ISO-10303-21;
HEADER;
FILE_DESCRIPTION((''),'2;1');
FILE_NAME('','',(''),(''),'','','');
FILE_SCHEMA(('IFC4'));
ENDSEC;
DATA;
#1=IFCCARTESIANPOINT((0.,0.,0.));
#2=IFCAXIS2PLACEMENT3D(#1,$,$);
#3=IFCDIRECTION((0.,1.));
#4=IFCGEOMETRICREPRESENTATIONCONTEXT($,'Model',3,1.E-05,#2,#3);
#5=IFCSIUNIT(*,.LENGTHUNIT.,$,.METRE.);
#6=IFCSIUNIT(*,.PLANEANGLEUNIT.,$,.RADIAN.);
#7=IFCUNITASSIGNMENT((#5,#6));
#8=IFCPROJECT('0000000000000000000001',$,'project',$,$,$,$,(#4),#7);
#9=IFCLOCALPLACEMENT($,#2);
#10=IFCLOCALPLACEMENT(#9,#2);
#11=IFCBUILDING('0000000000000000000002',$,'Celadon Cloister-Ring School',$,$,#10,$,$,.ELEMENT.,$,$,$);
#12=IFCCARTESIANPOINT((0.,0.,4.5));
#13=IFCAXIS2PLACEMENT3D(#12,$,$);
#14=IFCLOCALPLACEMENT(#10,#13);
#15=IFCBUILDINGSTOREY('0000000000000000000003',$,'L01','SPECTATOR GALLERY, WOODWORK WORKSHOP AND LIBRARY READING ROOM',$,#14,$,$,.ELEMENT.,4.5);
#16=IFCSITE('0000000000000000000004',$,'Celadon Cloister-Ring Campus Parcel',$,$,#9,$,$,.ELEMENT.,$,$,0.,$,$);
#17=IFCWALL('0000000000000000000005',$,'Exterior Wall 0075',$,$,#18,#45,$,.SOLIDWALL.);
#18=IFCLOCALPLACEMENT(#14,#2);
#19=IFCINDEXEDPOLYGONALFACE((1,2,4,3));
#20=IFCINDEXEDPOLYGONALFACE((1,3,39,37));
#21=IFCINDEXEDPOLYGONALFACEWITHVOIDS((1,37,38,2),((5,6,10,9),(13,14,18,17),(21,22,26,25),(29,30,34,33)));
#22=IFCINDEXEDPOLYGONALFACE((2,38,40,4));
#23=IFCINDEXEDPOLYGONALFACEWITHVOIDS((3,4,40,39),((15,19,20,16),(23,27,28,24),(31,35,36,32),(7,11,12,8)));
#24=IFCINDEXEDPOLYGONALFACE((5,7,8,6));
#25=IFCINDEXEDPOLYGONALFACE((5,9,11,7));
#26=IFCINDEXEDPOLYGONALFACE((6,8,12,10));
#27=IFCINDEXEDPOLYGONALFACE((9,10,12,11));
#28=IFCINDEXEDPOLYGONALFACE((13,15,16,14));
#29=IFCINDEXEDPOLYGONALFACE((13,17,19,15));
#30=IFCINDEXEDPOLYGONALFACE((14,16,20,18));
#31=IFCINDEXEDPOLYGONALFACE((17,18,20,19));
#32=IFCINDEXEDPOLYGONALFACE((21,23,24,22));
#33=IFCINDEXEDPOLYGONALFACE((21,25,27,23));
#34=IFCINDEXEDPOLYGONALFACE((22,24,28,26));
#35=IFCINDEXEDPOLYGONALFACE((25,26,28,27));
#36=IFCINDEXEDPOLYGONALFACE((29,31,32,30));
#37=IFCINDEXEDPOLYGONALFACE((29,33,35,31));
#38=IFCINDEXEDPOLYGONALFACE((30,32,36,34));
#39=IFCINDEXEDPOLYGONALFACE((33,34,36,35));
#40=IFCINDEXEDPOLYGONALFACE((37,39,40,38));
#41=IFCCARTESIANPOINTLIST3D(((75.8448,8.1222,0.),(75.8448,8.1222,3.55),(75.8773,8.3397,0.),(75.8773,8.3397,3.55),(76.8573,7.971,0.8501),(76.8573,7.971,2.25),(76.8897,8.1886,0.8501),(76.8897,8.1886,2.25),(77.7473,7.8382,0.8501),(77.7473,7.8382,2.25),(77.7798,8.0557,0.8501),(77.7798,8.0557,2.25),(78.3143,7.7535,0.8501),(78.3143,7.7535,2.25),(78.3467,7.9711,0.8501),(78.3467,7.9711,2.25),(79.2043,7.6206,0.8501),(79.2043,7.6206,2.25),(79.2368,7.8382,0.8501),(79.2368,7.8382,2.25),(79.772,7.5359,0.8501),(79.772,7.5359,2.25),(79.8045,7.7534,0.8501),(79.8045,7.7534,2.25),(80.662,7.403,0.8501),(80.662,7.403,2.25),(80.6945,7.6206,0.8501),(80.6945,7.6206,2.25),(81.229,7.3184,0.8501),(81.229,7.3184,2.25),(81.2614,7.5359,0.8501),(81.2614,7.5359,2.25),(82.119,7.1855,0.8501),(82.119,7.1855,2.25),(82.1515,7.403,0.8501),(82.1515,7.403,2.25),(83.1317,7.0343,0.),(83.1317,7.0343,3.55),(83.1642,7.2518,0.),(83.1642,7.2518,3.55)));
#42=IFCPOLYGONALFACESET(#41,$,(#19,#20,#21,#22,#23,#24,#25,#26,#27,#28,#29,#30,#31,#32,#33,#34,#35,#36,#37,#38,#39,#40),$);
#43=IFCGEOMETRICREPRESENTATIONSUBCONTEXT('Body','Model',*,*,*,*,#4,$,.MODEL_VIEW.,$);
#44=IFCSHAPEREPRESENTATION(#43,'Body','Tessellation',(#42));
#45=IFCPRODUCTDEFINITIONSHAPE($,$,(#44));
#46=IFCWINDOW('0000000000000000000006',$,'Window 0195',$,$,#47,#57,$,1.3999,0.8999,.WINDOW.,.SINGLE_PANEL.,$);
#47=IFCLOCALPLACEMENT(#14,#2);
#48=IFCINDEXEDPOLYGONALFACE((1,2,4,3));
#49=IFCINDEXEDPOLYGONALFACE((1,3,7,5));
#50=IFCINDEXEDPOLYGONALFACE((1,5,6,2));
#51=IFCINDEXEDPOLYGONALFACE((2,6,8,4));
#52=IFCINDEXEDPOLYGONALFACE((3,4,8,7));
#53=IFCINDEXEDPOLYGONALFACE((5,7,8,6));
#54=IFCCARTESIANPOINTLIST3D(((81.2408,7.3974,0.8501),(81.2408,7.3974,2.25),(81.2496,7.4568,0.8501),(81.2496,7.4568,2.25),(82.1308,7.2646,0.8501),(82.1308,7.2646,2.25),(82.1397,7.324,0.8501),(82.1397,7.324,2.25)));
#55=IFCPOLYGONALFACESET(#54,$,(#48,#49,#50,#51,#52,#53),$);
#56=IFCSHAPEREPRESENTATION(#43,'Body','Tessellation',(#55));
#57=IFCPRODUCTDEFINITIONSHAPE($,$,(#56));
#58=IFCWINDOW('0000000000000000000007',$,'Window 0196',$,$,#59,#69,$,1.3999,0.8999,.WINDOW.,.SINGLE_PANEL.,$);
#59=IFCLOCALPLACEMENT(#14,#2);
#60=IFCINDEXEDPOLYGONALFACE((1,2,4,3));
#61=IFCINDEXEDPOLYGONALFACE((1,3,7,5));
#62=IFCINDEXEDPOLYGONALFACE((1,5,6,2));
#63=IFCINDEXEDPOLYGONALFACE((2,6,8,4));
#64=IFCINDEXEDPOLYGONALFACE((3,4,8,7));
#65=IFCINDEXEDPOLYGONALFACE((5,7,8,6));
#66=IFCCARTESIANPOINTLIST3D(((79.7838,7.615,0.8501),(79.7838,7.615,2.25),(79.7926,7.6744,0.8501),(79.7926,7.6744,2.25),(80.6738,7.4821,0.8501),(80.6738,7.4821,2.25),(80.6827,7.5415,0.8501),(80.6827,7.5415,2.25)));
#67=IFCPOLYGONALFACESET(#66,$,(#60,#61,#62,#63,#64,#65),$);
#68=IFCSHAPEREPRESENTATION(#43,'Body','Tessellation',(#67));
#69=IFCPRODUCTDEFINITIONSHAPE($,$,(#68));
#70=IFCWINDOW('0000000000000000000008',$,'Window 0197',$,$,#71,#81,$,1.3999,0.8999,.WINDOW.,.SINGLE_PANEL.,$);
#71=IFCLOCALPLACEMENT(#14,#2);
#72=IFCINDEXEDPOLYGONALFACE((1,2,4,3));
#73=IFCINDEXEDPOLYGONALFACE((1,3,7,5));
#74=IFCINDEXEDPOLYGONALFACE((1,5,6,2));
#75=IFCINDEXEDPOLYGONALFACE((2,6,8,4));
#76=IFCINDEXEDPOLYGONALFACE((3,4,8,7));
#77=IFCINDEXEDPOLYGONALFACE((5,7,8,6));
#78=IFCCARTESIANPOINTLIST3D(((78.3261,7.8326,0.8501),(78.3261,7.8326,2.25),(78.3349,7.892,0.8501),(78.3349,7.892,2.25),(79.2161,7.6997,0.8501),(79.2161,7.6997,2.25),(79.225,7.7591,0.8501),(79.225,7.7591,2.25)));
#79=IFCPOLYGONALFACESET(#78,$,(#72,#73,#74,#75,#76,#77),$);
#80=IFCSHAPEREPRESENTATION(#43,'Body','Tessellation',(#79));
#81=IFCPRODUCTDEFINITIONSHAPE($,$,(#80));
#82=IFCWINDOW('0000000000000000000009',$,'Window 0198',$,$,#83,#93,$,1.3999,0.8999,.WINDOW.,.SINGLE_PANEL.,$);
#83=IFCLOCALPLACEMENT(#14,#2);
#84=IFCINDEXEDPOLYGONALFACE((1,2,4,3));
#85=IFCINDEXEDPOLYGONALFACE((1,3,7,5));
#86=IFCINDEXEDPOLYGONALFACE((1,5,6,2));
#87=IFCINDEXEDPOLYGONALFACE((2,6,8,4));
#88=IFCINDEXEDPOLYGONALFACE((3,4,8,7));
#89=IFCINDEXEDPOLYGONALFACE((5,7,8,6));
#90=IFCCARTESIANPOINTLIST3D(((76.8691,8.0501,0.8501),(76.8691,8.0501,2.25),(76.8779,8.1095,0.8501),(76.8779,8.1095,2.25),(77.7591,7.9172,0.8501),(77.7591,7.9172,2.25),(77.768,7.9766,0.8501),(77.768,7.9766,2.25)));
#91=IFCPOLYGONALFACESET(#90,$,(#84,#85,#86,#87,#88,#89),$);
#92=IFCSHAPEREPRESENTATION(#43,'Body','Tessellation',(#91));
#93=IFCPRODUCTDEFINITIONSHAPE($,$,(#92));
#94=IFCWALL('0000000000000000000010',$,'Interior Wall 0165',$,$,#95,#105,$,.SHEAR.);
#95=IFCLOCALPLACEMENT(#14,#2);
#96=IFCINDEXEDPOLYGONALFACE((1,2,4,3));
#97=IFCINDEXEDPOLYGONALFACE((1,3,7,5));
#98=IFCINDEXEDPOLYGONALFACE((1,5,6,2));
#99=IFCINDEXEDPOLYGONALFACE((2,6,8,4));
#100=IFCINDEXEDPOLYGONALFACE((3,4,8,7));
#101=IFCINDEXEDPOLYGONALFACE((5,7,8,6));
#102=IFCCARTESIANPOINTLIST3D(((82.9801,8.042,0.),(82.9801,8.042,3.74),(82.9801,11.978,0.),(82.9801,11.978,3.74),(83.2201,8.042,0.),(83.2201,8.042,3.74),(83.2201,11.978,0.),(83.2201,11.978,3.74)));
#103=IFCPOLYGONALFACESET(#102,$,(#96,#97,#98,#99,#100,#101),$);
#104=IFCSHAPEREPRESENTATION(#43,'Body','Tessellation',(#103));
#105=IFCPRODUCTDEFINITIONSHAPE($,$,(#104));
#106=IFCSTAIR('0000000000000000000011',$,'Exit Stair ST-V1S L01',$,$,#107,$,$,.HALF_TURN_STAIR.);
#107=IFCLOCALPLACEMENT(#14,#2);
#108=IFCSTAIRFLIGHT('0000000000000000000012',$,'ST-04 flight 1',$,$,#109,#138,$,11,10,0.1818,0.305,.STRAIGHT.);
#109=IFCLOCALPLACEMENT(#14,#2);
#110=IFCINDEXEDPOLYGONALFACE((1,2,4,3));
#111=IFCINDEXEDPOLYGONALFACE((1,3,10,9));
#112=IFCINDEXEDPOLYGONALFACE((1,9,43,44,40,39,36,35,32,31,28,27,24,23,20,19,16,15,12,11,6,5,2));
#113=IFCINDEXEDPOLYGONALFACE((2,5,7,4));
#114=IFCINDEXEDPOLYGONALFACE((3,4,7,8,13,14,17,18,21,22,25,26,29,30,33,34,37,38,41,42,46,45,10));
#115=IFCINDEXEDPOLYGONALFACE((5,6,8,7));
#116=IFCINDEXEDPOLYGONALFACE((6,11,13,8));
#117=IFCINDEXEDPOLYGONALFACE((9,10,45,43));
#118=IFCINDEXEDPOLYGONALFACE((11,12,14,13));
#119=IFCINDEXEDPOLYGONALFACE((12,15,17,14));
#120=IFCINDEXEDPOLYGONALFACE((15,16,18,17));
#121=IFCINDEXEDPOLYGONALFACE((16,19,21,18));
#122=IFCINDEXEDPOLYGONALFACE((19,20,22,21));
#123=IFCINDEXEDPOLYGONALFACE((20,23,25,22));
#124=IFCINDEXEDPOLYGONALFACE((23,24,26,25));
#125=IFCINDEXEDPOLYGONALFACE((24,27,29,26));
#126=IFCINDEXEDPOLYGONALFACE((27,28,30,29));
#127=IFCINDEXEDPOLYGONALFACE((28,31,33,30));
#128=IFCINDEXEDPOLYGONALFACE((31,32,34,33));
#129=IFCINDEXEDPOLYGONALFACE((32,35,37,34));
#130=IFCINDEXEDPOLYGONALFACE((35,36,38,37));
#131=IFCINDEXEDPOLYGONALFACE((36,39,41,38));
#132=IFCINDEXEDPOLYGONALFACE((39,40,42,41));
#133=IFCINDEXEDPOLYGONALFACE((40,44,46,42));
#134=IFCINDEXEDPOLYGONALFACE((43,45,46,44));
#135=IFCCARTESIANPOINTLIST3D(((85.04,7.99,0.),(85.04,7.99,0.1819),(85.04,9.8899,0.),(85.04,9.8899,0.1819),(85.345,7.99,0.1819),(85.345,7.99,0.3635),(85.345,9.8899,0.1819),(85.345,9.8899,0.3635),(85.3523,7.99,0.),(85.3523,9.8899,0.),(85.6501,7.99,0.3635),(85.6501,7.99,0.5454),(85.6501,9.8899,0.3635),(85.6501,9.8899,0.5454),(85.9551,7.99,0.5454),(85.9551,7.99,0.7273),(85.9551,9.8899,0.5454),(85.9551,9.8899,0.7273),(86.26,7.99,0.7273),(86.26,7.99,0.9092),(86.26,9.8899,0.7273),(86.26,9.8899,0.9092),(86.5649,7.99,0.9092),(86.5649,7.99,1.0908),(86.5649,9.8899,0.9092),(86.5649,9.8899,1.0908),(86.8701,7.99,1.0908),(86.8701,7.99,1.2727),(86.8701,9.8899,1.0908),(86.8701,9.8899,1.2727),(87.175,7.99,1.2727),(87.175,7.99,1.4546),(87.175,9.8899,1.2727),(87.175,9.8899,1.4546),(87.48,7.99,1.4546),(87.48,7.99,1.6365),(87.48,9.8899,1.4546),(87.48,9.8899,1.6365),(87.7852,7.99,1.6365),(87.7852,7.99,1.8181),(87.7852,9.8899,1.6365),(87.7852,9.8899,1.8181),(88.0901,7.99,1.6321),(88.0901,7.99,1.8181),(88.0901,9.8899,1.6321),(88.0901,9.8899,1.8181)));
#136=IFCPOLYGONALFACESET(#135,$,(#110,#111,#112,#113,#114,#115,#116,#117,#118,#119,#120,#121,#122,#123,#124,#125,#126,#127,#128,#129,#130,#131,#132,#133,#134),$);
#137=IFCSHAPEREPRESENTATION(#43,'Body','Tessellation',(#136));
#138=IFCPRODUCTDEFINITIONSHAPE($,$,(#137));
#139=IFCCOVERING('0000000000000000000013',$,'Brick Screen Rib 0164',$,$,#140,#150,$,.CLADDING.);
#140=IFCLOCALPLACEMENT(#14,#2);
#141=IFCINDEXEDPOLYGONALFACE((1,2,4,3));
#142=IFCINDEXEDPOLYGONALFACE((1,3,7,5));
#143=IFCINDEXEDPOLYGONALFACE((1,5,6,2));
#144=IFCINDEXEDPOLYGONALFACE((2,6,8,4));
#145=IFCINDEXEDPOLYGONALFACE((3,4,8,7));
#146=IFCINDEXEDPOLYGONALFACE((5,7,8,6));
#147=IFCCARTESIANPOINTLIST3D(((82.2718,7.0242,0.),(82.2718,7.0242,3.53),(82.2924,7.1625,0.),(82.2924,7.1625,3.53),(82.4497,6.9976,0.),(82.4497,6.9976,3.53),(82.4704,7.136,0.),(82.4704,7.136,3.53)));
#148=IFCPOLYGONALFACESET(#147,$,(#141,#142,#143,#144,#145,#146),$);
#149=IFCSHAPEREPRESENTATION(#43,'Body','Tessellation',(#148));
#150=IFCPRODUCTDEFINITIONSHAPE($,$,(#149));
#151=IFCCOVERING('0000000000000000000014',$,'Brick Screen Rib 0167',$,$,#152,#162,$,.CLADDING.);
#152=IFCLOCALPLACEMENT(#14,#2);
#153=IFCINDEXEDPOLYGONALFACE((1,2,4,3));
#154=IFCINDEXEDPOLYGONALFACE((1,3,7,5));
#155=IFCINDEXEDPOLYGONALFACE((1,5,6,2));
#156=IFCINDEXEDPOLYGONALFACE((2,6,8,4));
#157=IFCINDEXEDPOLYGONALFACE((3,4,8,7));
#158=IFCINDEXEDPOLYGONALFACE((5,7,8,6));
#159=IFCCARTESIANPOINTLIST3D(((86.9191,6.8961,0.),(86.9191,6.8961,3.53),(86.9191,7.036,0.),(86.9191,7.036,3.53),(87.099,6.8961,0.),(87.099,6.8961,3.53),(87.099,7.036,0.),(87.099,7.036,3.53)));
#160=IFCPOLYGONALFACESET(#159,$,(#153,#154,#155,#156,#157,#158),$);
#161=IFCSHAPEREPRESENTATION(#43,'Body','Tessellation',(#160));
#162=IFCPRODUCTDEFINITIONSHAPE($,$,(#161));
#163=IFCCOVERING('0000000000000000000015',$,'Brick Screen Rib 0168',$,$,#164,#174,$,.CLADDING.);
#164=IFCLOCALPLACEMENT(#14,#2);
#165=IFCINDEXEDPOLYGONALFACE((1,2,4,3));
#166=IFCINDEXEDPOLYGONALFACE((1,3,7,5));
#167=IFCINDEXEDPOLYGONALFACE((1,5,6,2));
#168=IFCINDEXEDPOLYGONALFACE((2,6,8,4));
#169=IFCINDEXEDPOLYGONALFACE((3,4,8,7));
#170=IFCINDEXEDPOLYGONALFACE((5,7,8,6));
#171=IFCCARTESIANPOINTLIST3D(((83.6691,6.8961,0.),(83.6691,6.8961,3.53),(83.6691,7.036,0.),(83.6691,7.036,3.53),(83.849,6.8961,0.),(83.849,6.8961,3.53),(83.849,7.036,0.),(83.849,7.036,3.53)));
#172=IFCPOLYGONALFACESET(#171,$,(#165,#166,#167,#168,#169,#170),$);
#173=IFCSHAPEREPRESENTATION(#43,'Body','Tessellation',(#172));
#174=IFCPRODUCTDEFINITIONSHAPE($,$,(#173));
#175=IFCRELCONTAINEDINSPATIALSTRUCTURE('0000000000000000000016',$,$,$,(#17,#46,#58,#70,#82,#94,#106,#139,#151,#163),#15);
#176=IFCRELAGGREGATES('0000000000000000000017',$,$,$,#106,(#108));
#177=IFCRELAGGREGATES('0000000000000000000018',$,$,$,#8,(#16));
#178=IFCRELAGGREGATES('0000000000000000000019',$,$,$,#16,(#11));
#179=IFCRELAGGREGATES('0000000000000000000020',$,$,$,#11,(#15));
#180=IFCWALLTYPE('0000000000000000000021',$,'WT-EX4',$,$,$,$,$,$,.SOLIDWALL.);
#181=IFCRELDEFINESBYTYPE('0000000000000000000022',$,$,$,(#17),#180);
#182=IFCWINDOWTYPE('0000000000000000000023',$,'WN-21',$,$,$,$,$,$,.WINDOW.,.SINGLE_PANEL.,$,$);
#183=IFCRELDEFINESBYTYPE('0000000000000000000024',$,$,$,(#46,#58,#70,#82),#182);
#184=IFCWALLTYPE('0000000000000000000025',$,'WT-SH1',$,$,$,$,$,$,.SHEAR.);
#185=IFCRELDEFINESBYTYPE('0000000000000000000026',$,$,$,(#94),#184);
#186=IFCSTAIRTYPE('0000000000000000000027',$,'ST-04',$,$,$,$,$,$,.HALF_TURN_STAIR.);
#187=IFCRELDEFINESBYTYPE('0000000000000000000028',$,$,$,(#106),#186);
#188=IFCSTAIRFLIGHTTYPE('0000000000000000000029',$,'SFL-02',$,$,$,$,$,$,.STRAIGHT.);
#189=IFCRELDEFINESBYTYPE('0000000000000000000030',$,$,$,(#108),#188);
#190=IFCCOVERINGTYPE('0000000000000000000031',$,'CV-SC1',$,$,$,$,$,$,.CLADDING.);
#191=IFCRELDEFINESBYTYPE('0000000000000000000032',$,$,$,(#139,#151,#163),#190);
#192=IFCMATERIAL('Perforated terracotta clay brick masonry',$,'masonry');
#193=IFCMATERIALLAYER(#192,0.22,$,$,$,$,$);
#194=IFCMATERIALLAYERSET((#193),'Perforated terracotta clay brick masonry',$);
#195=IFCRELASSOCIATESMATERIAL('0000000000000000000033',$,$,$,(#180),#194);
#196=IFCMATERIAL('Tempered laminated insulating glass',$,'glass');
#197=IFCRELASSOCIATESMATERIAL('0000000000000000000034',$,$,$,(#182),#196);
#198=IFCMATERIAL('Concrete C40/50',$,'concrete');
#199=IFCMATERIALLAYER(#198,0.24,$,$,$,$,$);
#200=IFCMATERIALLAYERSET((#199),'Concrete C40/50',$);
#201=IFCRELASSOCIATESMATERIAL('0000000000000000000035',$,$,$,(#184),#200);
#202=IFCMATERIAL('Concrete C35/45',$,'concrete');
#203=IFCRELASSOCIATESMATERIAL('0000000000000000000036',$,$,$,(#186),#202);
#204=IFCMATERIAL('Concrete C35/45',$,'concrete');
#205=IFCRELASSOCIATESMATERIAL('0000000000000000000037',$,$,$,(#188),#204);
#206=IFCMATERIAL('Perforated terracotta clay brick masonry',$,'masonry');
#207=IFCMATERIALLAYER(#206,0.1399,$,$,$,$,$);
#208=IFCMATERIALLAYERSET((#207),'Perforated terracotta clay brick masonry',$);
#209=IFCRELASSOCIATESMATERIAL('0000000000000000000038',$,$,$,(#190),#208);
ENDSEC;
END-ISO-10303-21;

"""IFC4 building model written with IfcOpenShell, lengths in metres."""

from ifc_helpers import new_model, si_unit, direction, frame, frame_2d, origin, origin_2d, place, context, subcontext, project, spatial, polyline, rectangle, outline, extrude, material, layer, layer_set, type_object, element, fill, aggregate, save


model = new_model("IFC4")

# Units and contexts
model_context = context("Model", 3, precision=1e-05, world=origin(), true_north=direction((0.0, 1.0)))
body_context = subcontext(model_context, "Body", "Model", "MODEL_VIEW")
ifc_project = project(units=[si_unit("LENGTHUNIT", "METRE"), si_unit("PLANEANGLEUNIT", "RADIAN")], contexts=[model_context])

# Site, building, storey
site_placement = place(None, origin())
site = spatial("IfcSite", under=ifc_project, at=site_placement, Name="Celadon Cloister-Ring Campus Parcel", CompositionType="ELEMENT", RefElevation=0.0)
building_placement = place(site_placement, origin())
building = spatial("IfcBuilding", under=site, at=building_placement, Name="Celadon Cloister-Ring School", CompositionType="ELEMENT")
storey_placement = place(building_placement, frame((0.0, 0.0, 4.5)))
storey = spatial("IfcBuildingStorey", under=building, at=storey_placement, Name="L01", Description="SPECTATOR GALLERY, WOODWORK WORKSHOP AND LIBRARY READING ROOM", CompositionType="ELEMENT", Elevation=4.5)

# Wall, openings, windows
ifc_material_1 = material(Name="Perforated terracotta clay brick masonry", Category="masonry")
ifc_layer_1 = layer(ifc_material_1, 0.22)
ifc_layer_set_1 = layer_set([ifc_layer_1], Name="Perforated terracotta clay brick masonry")
wall_type_1 = type_object("IfcWallType", Name="WT-EX4", PredefinedType="SOLIDWALL", material=ifc_layer_set_1)
wall_1_placement = place(storey_placement, frame((83.1479, 7.1431, 0.0), z_axis=(0.0, 0.0, 1.0), x_axis=(-0.989038, 0.147658, 0.0)))
wall_1 = element("IfcWall", 1, at=wall_1_placement, inside=storey, type_object=wall_type_1, Name="Exterior Wall 0075", PredefinedType="SOLIDWALL", context=body_context, shape_type="SweptSolid", body=[
    extrude(rectangle(XDim=7.3677, YDim=0.22, at=frame_2d((3.6838, 0.0))), origin(), (0.0, 0.0, 1.0), 3.55),
])
opening_1_placement = place(wall_1_placement, frame((1.0239, 0.0, 0.8501)))
opening_1 = element("IfcOpeningElement", 2, at=opening_1_placement, cuts=wall_1, PredefinedType="OPENING", context=body_context, shape_type="SweptSolid", body=[
    extrude(rectangle(XDim=0.8999, YDim=1.3999, at=frame_2d((0.45, 0.7))), frame((0.0, 0.1201, 0.0), z_axis=(0.0, -1.0, 0.0), x_axis=(1.0, 0.0, 0.0)), (0.0, 0.0, 1.0), 0.24),
])
opening_2_placement = place(wall_1_placement, frame((2.4971, 0.0, 0.8501)))
opening_2 = element("IfcOpeningElement", 3, at=opening_2_placement, cuts=wall_1, PredefinedType="OPENING", context=body_context, shape_type="SweptSolid", body=[
    extrude(rectangle(XDim=0.8999, YDim=1.3999, at=frame_2d((0.45, 0.7))), frame((0.0, 0.1201, 0.0), z_axis=(0.0, -1.0, 0.0), x_axis=(1.0, 0.0, 0.0)), (0.0, 0.0, 1.0), 0.24),
])
opening_3_placement = place(wall_1_placement, frame((3.9709, 0.0, 0.8501)))
opening_3 = element("IfcOpeningElement", 4, at=opening_3_placement, cuts=wall_1, PredefinedType="OPENING", context=body_context, shape_type="SweptSolid", body=[
    extrude(rectangle(XDim=0.8999, YDim=1.3999, at=frame_2d((0.45, 0.7))), frame((0.0, 0.1201, 0.0), z_axis=(0.0, -1.0, 0.0), x_axis=(1.0, 0.0, 0.0)), (0.0, 0.0, 1.0), 0.24),
])
opening_4_placement = place(wall_1_placement, frame((5.4441, 0.0, 0.8501)))
opening_4 = element("IfcOpeningElement", 5, at=opening_4_placement, cuts=wall_1, PredefinedType="OPENING", context=body_context, shape_type="SweptSolid", body=[
    extrude(rectangle(XDim=0.8999, YDim=1.3999, at=frame_2d((0.45, 0.7))), frame((0.0, 0.1201, 0.0), z_axis=(0.0, -1.0, 0.0), x_axis=(1.0, 0.0, 0.0)), (0.0, 0.0, 1.0), 0.24),
])
ifc_material_2 = material(Name="Tempered laminated insulating glass", Category="glass")
window_type = type_object("IfcWindowType", Name="WN-21", PartitioningType="SINGLE_PANEL", PredefinedType="WINDOW", material=ifc_material_2)
window_1_placement = place(opening_1_placement, origin())
window_1 = element("IfcWindow", 6, at=window_1_placement, inside=storey, type_object=window_type, Name="Window 0195", OverallHeight=1.3999, OverallWidth=0.8999, PartitioningType="SINGLE_PANEL", PredefinedType="WINDOW", context=body_context, shape_type="SweptSolid", body=[
    extrude(rectangle(XDim=0.8999, YDim=1.3999, at=frame_2d((0.45, 0.7))), frame((0.0, 0.03, 0.0), z_axis=(0.0, -1.0, 0.0), x_axis=(1.0, 0.0, 0.0)), (0.0, 0.0, 1.0), 0.0601),
])
fill(opening_1, window_1)
window_2_placement = place(opening_2_placement, origin())
window_2 = element("IfcWindow", 7, at=window_2_placement, inside=storey, type_object=window_type, Name="Window 0196", OverallHeight=1.3999, OverallWidth=0.8999, PartitioningType="SINGLE_PANEL", PredefinedType="WINDOW", context=body_context, shape_type="SweptSolid", body=[
    extrude(rectangle(XDim=0.8999, YDim=1.3999, at=frame_2d((0.45, 0.7))), frame((0.0, 0.03, 0.0), z_axis=(0.0, -1.0, 0.0), x_axis=(1.0, 0.0, 0.0)), (0.0, 0.0, 1.0), 0.0601),
])
fill(opening_2, window_2)
window_3_placement = place(opening_3_placement, origin())
window_3 = element("IfcWindow", 8, at=window_3_placement, inside=storey, type_object=window_type, Name="Window 0197", OverallHeight=1.3999, OverallWidth=0.8999, PartitioningType="SINGLE_PANEL", PredefinedType="WINDOW", context=body_context, shape_type="SweptSolid", body=[
    extrude(rectangle(XDim=0.8999, YDim=1.3999, at=frame_2d((0.45, 0.7))), frame((0.0, 0.03, 0.0), z_axis=(0.0, -1.0, 0.0), x_axis=(1.0, 0.0, 0.0)), (0.0, 0.0, 1.0), 0.0601),
])
fill(opening_3, window_3)
window_4_placement = place(opening_4_placement, origin())
window_4 = element("IfcWindow", 9, at=window_4_placement, inside=storey, type_object=window_type, Name="Window 0198", OverallHeight=1.3999, OverallWidth=0.8999, PartitioningType="SINGLE_PANEL", PredefinedType="WINDOW", context=body_context, shape_type="SweptSolid", body=[
    extrude(rectangle(XDim=0.8999, YDim=1.3999, at=frame_2d((0.45, 0.7))), frame((0.0, 0.03, 0.0), z_axis=(0.0, -1.0, 0.0), x_axis=(1.0, 0.0, 0.0)), (0.0, 0.0, 1.0), 0.0601),
])
fill(opening_4, window_4)

# Wall
ifc_material_3 = material(Name="Concrete C40/50", Category="concrete")
ifc_layer_2 = layer(ifc_material_3, 0.24)
ifc_layer_set_2 = layer_set([ifc_layer_2], Name="Concrete C40/50")
wall_type_2 = type_object("IfcWallType", Name="WT-SH1", PredefinedType="SHEAR", material=ifc_layer_set_2)
wall_2_placement = place(storey_placement, frame((83.1001, 8.042, 0.0), z_axis=(0.0, 0.0, 1.0), x_axis=(0.0, 1.0, 0.0)))
element("IfcWall", 10, at=wall_2_placement, inside=storey, type_object=wall_type_2, Name="Interior Wall 0165", PredefinedType="SHEAR", context=body_context, shape_type="SweptSolid", body=[
    extrude(rectangle(XDim=3.936, YDim=0.24, at=frame_2d((1.968, 0.0))), origin(), (0.0, 0.0, 1.0), 3.74),
])

# Stair, stair flight
ifc_material_4 = material(Name="Concrete C35/45", Category="concrete")
stair_type = type_object("IfcStairType", Name="ST-04", PredefinedType="HALF_TURN_STAIR", material=ifc_material_4)
stair_placement = place(storey_placement, origin())
stair = element("IfcStair", 11, at=stair_placement, inside=storey, type_object=stair_type, Name="Exit Stair ST-V1S L01", PredefinedType="HALF_TURN_STAIR")
ifc_material_5 = material(Name="Concrete C35/45", Category="concrete")
stair_flight_type = type_object("IfcStairFlightType", Name="SFL-02", PredefinedType="STRAIGHT", material=ifc_material_5)
stair_flight_placement = place(storey_placement, frame((85.04, 8.9399, 0.0), z_axis=(0.0, 0.0, 1.0), x_axis=(1.0, 0.0, 0.0)))
stair_flight = element("IfcStairFlight", 12, at=stair_flight_placement, type_object=stair_flight_type, Name="ST-04 flight 1", NumberOfRisers=11, NumberOfTreads=10, PredefinedType="STRAIGHT", RiserHeight=0.1818, TreadLength=0.305, context=body_context, shape_type="SweptSolid", body=[
    extrude(outline(polyline([(0.0, 0.0), (0.0, 0.1819), (0.3049, 0.1819), (0.3049, 0.3635), (0.6101, 0.3635), (0.6101, 0.5454), (0.915, 0.5454), (0.915, 0.7273), (1.22, 0.7273), (1.22, 0.9092), (1.5249, 0.9092), (1.5249, 1.0908), (1.8301, 1.0908), (1.8301, 1.2727), (2.135, 1.2727), (2.135, 1.4546), (2.4399, 1.4546), (2.4399, 1.6365), (2.7451, 1.6365), (2.7451, 1.8181), (3.05, 1.8181), (3.05, 2.0), (3.05, 1.6321), (0.3123, 0.0), (0.0, 0.0)])), frame((0.0, 0.95, 0.0), z_axis=(0.0, -1.0, 0.0), x_axis=(1.0, 0.0, 0.0)), (0.0, 0.0, 1.0), 1.8999),
])
aggregate(stair, [stair_flight])

# Coverings
ifc_material_6 = material(Name="Perforated terracotta clay brick masonry", Category="masonry")
ifc_layer_3 = layer(ifc_material_6, 0.1399)
ifc_layer_set_3 = layer_set([ifc_layer_3], Name="Perforated terracotta clay brick masonry")
covering_type = type_object("IfcCoveringType", Name="CV-SC1", PredefinedType="CLADDING", material=ifc_layer_set_3)
for number, where, z_axis, x_axis, name in (
    (13, (82.3711, 7.0801, 0.0), (0.0, 0.0, 1.0), (-0.989036, 0.147671, 0.0), "Brick Screen Rib 0164"),
    (14, (87.009, 6.9661, 0.0), (0.0, 0.0, 1.0), (-1.0, 0.0, 0.0), "Brick Screen Rib 0167"),
    (15, (83.759, 6.9661, 0.0), (0.0, 0.0, 1.0), (-1.0, 0.0, 0.0), "Brick Screen Rib 0168"),
):
    element("IfcCovering", number, at=place(storey_placement, frame(where, z_axis=z_axis, x_axis=x_axis)), inside=storey, type_object=covering_type, Name=name, PredefinedType="CLADDING", context=body_context, shape_type="SweptSolid", body=[
        extrude(rectangle(XDim=0.1799, YDim=0.1399, at=origin_2d()), origin(), (0.0, 0.0, 1.0), 3.53),
    ])

save(model, "model.ifc")
